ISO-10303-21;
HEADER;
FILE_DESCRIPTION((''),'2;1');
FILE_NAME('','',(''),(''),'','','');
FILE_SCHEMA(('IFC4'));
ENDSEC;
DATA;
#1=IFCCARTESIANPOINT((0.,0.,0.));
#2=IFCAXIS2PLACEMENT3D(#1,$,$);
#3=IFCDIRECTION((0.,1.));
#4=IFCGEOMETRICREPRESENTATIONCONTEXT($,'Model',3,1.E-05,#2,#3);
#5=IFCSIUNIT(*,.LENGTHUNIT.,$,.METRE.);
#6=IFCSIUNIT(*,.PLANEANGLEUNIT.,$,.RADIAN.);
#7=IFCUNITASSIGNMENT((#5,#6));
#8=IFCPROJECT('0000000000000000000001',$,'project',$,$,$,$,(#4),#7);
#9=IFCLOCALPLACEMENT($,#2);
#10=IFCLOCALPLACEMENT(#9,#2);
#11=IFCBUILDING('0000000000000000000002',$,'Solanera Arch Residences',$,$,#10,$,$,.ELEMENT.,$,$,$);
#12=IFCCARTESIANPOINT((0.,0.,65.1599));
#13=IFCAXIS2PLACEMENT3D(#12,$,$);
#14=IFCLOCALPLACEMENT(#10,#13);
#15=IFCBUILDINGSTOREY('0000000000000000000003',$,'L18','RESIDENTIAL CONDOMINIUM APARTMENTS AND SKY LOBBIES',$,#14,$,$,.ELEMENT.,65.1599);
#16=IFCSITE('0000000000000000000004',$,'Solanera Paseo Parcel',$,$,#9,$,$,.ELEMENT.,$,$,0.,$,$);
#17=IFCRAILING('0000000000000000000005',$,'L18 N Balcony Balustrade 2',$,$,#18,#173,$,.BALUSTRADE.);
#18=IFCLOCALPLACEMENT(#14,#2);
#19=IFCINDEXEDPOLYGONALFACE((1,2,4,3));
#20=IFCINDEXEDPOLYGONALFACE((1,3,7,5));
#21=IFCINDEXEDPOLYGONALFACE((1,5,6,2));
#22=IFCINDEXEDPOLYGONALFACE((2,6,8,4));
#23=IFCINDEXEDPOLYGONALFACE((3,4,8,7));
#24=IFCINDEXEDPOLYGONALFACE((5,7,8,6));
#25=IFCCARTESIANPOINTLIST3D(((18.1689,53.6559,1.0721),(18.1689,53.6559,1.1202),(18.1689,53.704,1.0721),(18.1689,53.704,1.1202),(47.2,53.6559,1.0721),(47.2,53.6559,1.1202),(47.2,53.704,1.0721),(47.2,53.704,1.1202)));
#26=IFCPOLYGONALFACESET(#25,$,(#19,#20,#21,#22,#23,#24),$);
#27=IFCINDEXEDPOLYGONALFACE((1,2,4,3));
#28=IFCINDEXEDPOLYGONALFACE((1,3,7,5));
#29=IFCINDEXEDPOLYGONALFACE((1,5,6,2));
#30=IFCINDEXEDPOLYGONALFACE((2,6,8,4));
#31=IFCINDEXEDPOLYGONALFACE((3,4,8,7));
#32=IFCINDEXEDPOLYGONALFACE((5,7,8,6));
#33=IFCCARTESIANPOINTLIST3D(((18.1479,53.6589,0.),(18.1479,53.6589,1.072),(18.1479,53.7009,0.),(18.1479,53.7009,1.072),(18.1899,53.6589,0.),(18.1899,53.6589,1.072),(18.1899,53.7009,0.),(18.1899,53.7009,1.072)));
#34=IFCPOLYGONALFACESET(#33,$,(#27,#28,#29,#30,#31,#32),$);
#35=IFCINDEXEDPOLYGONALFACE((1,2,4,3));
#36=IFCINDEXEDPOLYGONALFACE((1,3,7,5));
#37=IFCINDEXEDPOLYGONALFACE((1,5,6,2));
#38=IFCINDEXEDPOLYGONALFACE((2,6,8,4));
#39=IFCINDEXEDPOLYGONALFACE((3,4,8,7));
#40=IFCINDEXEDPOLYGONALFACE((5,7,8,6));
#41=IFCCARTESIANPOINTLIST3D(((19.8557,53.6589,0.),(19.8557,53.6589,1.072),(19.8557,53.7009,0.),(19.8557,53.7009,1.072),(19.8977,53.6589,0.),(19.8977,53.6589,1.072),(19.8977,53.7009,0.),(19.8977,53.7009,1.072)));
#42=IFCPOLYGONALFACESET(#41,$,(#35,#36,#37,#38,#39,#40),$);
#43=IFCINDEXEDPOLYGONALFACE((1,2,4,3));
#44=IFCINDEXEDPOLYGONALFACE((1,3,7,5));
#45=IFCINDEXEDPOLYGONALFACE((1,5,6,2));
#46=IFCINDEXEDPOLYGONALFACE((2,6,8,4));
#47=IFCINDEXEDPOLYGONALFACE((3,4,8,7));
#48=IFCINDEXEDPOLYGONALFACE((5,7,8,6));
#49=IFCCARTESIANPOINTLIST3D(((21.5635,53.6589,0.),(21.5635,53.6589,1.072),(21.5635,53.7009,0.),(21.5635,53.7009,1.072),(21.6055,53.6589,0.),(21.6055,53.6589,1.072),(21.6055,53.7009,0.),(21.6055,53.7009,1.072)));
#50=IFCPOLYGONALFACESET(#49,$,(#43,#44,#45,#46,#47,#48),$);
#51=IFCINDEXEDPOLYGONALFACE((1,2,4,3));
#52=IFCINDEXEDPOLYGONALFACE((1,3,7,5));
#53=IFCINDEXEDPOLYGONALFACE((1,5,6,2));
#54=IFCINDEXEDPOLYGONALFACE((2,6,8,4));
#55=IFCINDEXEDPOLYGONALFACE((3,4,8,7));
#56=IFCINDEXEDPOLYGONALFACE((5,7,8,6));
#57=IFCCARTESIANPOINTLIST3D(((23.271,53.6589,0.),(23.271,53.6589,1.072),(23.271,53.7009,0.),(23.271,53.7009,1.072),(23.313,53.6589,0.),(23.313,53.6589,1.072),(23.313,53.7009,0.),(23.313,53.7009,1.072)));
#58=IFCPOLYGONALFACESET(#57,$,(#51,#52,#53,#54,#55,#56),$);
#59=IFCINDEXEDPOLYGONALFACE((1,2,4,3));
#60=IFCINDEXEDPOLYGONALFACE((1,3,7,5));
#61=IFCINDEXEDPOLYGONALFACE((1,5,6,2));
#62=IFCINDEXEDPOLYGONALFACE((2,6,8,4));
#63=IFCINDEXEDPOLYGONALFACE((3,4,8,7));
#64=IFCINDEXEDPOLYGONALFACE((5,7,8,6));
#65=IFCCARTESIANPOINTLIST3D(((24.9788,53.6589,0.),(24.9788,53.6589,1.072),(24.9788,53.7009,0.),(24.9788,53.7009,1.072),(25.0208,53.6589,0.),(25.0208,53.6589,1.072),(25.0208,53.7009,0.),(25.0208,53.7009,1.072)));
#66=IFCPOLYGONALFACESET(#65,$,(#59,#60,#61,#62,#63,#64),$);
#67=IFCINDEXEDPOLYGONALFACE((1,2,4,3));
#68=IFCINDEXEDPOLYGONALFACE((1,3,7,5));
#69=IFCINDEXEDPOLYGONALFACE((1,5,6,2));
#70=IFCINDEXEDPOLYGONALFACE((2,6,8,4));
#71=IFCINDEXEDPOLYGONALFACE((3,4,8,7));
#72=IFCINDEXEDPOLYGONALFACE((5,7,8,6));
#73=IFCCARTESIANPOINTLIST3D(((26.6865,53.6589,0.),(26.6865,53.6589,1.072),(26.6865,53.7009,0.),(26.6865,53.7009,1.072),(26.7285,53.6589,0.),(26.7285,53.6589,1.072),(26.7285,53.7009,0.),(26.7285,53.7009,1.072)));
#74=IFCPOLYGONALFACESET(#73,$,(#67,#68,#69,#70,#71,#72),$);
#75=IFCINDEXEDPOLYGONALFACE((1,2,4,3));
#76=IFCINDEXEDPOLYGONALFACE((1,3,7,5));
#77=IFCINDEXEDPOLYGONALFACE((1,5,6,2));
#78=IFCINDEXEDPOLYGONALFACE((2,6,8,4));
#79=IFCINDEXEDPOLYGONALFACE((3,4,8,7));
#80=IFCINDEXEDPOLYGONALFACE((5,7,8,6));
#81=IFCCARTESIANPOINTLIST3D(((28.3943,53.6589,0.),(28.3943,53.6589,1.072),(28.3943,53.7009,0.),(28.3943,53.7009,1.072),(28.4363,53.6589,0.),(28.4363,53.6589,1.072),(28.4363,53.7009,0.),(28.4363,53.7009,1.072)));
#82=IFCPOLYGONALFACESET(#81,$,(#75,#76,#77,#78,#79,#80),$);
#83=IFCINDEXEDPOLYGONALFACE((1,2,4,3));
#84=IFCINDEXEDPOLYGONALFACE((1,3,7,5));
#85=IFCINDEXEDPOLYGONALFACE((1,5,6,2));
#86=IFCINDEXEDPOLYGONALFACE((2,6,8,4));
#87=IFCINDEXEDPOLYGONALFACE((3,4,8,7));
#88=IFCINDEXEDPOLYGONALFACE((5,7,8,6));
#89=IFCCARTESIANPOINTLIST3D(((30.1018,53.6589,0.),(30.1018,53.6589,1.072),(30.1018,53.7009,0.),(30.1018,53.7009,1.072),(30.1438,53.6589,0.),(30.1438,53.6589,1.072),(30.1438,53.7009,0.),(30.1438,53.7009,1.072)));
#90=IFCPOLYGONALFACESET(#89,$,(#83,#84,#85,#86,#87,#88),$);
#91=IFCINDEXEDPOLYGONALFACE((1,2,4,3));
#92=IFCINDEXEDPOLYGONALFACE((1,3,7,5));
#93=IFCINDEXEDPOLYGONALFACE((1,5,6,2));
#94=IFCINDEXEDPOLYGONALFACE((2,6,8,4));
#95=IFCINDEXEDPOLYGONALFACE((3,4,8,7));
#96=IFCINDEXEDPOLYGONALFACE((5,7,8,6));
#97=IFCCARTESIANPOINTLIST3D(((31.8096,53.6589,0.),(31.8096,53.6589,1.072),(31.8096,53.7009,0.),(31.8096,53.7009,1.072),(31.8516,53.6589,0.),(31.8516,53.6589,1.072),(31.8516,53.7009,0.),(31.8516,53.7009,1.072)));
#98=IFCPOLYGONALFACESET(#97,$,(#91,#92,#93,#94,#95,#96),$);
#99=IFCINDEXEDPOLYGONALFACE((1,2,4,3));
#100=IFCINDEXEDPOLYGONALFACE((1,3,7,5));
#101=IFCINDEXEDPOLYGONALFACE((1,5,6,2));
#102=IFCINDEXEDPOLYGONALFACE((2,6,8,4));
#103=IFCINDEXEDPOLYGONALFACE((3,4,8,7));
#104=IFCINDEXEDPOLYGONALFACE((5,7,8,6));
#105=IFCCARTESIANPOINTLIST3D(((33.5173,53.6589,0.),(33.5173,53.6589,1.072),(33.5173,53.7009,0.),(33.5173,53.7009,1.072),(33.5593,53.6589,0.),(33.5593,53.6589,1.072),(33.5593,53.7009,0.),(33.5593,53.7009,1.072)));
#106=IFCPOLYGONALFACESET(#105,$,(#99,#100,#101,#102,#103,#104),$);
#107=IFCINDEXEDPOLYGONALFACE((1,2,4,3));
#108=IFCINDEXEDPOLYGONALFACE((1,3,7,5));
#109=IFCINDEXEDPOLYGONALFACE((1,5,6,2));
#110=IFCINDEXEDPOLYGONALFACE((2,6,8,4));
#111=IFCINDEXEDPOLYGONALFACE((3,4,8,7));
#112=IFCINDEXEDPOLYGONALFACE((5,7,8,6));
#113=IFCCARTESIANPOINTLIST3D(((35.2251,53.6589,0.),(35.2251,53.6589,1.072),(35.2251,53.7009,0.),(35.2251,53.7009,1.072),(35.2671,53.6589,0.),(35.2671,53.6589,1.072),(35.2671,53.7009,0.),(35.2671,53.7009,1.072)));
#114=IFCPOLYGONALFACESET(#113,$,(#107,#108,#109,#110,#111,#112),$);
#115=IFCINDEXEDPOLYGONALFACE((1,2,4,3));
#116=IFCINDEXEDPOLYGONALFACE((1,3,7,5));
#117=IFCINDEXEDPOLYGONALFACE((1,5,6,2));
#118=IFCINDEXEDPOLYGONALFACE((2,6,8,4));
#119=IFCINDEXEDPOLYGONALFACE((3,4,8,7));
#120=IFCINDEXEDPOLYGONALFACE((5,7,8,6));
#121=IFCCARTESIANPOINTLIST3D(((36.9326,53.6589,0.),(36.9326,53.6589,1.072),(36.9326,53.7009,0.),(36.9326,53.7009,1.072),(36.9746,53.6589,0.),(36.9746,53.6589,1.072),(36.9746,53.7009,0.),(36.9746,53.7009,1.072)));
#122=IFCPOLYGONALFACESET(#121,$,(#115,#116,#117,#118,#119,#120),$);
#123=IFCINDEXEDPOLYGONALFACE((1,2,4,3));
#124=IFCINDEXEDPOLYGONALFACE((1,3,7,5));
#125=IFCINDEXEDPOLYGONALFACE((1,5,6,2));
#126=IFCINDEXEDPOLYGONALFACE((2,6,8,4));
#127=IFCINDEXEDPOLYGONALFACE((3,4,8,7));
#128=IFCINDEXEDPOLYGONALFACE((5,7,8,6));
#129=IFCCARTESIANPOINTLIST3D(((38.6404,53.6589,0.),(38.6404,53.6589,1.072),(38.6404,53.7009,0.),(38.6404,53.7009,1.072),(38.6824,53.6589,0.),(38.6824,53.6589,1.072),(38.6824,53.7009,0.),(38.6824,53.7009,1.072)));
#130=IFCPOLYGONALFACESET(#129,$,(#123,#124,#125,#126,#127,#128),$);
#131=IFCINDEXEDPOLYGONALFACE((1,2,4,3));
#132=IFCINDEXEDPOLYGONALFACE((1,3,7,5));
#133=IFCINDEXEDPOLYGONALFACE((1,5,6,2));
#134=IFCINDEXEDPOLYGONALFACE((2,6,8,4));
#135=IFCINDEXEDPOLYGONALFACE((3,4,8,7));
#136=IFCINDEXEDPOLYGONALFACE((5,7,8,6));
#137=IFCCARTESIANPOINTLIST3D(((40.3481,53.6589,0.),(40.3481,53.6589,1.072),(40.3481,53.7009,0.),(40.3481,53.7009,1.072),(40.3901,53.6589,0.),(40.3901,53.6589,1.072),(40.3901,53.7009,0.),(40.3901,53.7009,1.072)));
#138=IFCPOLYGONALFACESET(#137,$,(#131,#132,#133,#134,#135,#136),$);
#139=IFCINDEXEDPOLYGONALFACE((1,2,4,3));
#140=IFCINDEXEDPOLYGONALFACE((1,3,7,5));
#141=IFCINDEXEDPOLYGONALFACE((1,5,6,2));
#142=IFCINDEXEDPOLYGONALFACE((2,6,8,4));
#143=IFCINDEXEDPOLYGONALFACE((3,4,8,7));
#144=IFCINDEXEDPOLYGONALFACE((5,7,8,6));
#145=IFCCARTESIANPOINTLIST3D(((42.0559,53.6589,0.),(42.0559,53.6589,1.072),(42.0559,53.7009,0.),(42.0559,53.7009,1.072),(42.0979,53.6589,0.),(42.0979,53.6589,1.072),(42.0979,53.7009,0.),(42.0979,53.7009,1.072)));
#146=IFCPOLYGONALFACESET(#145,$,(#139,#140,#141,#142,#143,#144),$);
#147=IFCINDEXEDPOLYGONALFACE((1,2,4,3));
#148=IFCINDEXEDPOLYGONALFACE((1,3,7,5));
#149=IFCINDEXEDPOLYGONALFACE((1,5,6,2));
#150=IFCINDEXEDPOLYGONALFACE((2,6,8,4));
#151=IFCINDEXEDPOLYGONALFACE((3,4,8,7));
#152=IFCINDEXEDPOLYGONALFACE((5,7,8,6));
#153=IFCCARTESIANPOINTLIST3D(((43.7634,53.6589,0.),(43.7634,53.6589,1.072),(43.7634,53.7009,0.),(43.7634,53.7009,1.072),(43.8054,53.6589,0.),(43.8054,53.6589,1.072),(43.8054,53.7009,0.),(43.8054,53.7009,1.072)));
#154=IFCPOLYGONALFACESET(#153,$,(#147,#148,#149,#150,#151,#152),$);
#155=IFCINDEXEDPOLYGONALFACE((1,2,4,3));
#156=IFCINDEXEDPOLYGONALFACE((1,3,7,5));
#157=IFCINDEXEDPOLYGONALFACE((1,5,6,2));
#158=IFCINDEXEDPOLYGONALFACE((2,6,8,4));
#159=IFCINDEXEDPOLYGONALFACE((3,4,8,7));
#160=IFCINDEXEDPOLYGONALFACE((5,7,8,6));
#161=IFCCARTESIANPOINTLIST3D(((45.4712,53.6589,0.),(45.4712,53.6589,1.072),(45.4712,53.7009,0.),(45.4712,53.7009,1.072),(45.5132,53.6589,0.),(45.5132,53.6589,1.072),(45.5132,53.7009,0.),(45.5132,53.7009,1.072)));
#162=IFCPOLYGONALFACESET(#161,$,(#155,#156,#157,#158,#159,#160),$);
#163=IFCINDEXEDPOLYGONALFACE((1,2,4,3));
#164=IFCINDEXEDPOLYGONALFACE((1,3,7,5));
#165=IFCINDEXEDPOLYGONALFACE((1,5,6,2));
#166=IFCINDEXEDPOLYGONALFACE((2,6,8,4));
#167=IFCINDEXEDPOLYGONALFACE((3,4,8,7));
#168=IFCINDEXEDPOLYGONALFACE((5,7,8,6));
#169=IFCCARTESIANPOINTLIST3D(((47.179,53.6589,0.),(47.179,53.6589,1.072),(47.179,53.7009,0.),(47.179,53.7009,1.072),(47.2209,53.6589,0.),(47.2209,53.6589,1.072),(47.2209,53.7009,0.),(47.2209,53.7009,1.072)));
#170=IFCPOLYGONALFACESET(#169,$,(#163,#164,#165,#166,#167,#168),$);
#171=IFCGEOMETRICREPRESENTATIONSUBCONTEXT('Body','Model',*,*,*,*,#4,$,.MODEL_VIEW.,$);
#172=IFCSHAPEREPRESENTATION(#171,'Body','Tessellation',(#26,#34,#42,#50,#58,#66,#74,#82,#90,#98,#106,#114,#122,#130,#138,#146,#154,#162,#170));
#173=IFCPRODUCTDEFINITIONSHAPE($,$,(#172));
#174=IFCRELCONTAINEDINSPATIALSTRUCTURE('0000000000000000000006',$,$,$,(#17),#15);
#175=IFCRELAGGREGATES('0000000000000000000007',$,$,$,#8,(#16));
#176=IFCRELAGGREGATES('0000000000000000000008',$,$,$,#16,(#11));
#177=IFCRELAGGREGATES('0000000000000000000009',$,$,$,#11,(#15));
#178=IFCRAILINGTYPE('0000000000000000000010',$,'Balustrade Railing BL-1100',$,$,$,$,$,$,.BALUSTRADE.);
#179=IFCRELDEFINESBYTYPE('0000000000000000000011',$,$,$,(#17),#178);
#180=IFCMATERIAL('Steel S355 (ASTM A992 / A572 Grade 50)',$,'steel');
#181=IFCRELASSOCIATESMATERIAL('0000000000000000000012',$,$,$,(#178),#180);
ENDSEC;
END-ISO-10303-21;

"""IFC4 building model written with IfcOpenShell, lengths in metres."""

from ifc_helpers import new_model, si_unit, direction, frame, origin, origin_2d, place, context, subcontext, project, spatial, rectangle, extrude, material, type_object, element, save


model = new_model("IFC4")

# Units and contexts
model_context = context("Model", 3, precision=1e-05, world=origin(), true_north=direction((0.0, 1.0)))
body_context = subcontext(model_context, "Body", "Model", "MODEL_VIEW")
ifc_project = project(units=[si_unit("LENGTHUNIT", "METRE"), si_unit("PLANEANGLEUNIT", "RADIAN")], contexts=[model_context])

# Site, building, storey
site_placement = place(None, origin())
site = spatial("IfcSite", under=ifc_project, at=site_placement, Name="Solanera Paseo Parcel", CompositionType="ELEMENT", RefElevation=0.0)
building_placement = place(site_placement, origin())
building = spatial("IfcBuilding", under=site, at=building_placement, Name="Solanera Arch Residences", CompositionType="ELEMENT")
storey_placement = place(building_placement, frame((0.0, 0.0, 65.1599)))
storey = spatial("IfcBuildingStorey", under=building, at=storey_placement, Name="L18", Description="RESIDENTIAL CONDOMINIUM APARTMENTS AND SKY LOBBIES", CompositionType="ELEMENT", Elevation=65.1599)

# Railing
ifc_material_1 = material(Name="Steel S355 (ASTM A992 / A572 Grade 50)", Category="steel")
railing_type = type_object("IfcRailingType", Name="Balustrade Railing BL-1100", PredefinedType="BALUSTRADE", material=ifc_material_1)
railing_placement = place(storey_placement, frame((18.1689, 53.6799, 0.0)))
element("IfcRailing", 1, at=railing_placement, inside=storey, type_object=railing_type, Name="L18 N Balcony Balustrade 2", PredefinedType="BALUSTRADE", context=body_context, shape_type="SweptSolid", body=[
    extrude(rectangle(XDim=0.0481, YDim=0.0481, at=origin_2d()), frame((0.0, 0.0, 1.0962), z_axis=(1.0, 0.0, 0.0), x_axis=(0.0, 1.0, 0.0)), (0.0, 0.0, 1.0), 29.031),
    extrude(rectangle(XDim=0.042, YDim=0.042, at=origin_2d()), origin(), (0.0, 0.0, 1.0), 1.072),
    extrude(rectangle(XDim=0.042, YDim=0.042, at=origin_2d()), frame((1.7078, 0.0, 0.0)), (0.0, 0.0, 1.0), 1.072),
    extrude(rectangle(XDim=0.042, YDim=0.042, at=origin_2d()), frame((3.4155, 0.0, 0.0)), (0.0, 0.0, 1.0), 1.072),
    extrude(rectangle(XDim=0.042, YDim=0.042, at=origin_2d()), frame((5.123, 0.0, 0.0)), (0.0, 0.0, 1.0), 1.072),
    extrude(rectangle(XDim=0.042, YDim=0.042, at=origin_2d()), frame((6.8308, 0.0, 0.0)), (0.0, 0.0, 1.0), 1.072),
    extrude(rectangle(XDim=0.042, YDim=0.042, at=origin_2d()), frame((8.5386, 0.0, 0.0)), (0.0, 0.0, 1.0), 1.072),
    extrude(rectangle(XDim=0.042, YDim=0.042, at=origin_2d()), frame((10.2463, 0.0, 0.0)), (0.0, 0.0, 1.0), 1.072),
    extrude(rectangle(XDim=0.042, YDim=0.042, at=origin_2d()), frame((11.9539, 0.0, 0.0)), (0.0, 0.0, 1.0), 1.072),
    extrude(rectangle(XDim=0.042, YDim=0.042, at=origin_2d()), frame((13.6616, 0.0, 0.0)), (0.0, 0.0, 1.0), 1.072),
    extrude(rectangle(XDim=0.042, YDim=0.042, at=origin_2d()), frame((15.3694, 0.0, 0.0)), (0.0, 0.0, 1.0), 1.072),
    extrude(rectangle(XDim=0.042, YDim=0.042, at=origin_2d()), frame((17.0771, 0.0, 0.0)), (0.0, 0.0, 1.0), 1.072),
    extrude(rectangle(XDim=0.042, YDim=0.042, at=origin_2d()), frame((18.7847, 0.0, 0.0)), (0.0, 0.0, 1.0), 1.072),
    extrude(rectangle(XDim=0.042, YDim=0.042, at=origin_2d()), frame((20.4924, 0.0, 0.0)), (0.0, 0.0, 1.0), 1.072),
    extrude(rectangle(XDim=0.042, YDim=0.042, at=origin_2d()), frame((22.2002, 0.0, 0.0)), (0.0, 0.0, 1.0), 1.072),
    extrude(rectangle(XDim=0.042, YDim=0.042, at=origin_2d()), frame((23.908, 0.0, 0.0)), (0.0, 0.0, 1.0), 1.072),
    extrude(rectangle(XDim=0.042, YDim=0.042, at=origin_2d()), frame((25.6155, 0.0, 0.0)), (0.0, 0.0, 1.0), 1.072),
    extrude(rectangle(XDim=0.042, YDim=0.042, at=origin_2d()), frame((27.3232, 0.0, 0.0)), (0.0, 0.0, 1.0), 1.072),
    extrude(rectangle(XDim=0.042, YDim=0.042, at=origin_2d()), frame((29.031, 0.0, 0.0)), (0.0, 0.0, 1.0), 1.072),
])

save(model, "model.ifc")
